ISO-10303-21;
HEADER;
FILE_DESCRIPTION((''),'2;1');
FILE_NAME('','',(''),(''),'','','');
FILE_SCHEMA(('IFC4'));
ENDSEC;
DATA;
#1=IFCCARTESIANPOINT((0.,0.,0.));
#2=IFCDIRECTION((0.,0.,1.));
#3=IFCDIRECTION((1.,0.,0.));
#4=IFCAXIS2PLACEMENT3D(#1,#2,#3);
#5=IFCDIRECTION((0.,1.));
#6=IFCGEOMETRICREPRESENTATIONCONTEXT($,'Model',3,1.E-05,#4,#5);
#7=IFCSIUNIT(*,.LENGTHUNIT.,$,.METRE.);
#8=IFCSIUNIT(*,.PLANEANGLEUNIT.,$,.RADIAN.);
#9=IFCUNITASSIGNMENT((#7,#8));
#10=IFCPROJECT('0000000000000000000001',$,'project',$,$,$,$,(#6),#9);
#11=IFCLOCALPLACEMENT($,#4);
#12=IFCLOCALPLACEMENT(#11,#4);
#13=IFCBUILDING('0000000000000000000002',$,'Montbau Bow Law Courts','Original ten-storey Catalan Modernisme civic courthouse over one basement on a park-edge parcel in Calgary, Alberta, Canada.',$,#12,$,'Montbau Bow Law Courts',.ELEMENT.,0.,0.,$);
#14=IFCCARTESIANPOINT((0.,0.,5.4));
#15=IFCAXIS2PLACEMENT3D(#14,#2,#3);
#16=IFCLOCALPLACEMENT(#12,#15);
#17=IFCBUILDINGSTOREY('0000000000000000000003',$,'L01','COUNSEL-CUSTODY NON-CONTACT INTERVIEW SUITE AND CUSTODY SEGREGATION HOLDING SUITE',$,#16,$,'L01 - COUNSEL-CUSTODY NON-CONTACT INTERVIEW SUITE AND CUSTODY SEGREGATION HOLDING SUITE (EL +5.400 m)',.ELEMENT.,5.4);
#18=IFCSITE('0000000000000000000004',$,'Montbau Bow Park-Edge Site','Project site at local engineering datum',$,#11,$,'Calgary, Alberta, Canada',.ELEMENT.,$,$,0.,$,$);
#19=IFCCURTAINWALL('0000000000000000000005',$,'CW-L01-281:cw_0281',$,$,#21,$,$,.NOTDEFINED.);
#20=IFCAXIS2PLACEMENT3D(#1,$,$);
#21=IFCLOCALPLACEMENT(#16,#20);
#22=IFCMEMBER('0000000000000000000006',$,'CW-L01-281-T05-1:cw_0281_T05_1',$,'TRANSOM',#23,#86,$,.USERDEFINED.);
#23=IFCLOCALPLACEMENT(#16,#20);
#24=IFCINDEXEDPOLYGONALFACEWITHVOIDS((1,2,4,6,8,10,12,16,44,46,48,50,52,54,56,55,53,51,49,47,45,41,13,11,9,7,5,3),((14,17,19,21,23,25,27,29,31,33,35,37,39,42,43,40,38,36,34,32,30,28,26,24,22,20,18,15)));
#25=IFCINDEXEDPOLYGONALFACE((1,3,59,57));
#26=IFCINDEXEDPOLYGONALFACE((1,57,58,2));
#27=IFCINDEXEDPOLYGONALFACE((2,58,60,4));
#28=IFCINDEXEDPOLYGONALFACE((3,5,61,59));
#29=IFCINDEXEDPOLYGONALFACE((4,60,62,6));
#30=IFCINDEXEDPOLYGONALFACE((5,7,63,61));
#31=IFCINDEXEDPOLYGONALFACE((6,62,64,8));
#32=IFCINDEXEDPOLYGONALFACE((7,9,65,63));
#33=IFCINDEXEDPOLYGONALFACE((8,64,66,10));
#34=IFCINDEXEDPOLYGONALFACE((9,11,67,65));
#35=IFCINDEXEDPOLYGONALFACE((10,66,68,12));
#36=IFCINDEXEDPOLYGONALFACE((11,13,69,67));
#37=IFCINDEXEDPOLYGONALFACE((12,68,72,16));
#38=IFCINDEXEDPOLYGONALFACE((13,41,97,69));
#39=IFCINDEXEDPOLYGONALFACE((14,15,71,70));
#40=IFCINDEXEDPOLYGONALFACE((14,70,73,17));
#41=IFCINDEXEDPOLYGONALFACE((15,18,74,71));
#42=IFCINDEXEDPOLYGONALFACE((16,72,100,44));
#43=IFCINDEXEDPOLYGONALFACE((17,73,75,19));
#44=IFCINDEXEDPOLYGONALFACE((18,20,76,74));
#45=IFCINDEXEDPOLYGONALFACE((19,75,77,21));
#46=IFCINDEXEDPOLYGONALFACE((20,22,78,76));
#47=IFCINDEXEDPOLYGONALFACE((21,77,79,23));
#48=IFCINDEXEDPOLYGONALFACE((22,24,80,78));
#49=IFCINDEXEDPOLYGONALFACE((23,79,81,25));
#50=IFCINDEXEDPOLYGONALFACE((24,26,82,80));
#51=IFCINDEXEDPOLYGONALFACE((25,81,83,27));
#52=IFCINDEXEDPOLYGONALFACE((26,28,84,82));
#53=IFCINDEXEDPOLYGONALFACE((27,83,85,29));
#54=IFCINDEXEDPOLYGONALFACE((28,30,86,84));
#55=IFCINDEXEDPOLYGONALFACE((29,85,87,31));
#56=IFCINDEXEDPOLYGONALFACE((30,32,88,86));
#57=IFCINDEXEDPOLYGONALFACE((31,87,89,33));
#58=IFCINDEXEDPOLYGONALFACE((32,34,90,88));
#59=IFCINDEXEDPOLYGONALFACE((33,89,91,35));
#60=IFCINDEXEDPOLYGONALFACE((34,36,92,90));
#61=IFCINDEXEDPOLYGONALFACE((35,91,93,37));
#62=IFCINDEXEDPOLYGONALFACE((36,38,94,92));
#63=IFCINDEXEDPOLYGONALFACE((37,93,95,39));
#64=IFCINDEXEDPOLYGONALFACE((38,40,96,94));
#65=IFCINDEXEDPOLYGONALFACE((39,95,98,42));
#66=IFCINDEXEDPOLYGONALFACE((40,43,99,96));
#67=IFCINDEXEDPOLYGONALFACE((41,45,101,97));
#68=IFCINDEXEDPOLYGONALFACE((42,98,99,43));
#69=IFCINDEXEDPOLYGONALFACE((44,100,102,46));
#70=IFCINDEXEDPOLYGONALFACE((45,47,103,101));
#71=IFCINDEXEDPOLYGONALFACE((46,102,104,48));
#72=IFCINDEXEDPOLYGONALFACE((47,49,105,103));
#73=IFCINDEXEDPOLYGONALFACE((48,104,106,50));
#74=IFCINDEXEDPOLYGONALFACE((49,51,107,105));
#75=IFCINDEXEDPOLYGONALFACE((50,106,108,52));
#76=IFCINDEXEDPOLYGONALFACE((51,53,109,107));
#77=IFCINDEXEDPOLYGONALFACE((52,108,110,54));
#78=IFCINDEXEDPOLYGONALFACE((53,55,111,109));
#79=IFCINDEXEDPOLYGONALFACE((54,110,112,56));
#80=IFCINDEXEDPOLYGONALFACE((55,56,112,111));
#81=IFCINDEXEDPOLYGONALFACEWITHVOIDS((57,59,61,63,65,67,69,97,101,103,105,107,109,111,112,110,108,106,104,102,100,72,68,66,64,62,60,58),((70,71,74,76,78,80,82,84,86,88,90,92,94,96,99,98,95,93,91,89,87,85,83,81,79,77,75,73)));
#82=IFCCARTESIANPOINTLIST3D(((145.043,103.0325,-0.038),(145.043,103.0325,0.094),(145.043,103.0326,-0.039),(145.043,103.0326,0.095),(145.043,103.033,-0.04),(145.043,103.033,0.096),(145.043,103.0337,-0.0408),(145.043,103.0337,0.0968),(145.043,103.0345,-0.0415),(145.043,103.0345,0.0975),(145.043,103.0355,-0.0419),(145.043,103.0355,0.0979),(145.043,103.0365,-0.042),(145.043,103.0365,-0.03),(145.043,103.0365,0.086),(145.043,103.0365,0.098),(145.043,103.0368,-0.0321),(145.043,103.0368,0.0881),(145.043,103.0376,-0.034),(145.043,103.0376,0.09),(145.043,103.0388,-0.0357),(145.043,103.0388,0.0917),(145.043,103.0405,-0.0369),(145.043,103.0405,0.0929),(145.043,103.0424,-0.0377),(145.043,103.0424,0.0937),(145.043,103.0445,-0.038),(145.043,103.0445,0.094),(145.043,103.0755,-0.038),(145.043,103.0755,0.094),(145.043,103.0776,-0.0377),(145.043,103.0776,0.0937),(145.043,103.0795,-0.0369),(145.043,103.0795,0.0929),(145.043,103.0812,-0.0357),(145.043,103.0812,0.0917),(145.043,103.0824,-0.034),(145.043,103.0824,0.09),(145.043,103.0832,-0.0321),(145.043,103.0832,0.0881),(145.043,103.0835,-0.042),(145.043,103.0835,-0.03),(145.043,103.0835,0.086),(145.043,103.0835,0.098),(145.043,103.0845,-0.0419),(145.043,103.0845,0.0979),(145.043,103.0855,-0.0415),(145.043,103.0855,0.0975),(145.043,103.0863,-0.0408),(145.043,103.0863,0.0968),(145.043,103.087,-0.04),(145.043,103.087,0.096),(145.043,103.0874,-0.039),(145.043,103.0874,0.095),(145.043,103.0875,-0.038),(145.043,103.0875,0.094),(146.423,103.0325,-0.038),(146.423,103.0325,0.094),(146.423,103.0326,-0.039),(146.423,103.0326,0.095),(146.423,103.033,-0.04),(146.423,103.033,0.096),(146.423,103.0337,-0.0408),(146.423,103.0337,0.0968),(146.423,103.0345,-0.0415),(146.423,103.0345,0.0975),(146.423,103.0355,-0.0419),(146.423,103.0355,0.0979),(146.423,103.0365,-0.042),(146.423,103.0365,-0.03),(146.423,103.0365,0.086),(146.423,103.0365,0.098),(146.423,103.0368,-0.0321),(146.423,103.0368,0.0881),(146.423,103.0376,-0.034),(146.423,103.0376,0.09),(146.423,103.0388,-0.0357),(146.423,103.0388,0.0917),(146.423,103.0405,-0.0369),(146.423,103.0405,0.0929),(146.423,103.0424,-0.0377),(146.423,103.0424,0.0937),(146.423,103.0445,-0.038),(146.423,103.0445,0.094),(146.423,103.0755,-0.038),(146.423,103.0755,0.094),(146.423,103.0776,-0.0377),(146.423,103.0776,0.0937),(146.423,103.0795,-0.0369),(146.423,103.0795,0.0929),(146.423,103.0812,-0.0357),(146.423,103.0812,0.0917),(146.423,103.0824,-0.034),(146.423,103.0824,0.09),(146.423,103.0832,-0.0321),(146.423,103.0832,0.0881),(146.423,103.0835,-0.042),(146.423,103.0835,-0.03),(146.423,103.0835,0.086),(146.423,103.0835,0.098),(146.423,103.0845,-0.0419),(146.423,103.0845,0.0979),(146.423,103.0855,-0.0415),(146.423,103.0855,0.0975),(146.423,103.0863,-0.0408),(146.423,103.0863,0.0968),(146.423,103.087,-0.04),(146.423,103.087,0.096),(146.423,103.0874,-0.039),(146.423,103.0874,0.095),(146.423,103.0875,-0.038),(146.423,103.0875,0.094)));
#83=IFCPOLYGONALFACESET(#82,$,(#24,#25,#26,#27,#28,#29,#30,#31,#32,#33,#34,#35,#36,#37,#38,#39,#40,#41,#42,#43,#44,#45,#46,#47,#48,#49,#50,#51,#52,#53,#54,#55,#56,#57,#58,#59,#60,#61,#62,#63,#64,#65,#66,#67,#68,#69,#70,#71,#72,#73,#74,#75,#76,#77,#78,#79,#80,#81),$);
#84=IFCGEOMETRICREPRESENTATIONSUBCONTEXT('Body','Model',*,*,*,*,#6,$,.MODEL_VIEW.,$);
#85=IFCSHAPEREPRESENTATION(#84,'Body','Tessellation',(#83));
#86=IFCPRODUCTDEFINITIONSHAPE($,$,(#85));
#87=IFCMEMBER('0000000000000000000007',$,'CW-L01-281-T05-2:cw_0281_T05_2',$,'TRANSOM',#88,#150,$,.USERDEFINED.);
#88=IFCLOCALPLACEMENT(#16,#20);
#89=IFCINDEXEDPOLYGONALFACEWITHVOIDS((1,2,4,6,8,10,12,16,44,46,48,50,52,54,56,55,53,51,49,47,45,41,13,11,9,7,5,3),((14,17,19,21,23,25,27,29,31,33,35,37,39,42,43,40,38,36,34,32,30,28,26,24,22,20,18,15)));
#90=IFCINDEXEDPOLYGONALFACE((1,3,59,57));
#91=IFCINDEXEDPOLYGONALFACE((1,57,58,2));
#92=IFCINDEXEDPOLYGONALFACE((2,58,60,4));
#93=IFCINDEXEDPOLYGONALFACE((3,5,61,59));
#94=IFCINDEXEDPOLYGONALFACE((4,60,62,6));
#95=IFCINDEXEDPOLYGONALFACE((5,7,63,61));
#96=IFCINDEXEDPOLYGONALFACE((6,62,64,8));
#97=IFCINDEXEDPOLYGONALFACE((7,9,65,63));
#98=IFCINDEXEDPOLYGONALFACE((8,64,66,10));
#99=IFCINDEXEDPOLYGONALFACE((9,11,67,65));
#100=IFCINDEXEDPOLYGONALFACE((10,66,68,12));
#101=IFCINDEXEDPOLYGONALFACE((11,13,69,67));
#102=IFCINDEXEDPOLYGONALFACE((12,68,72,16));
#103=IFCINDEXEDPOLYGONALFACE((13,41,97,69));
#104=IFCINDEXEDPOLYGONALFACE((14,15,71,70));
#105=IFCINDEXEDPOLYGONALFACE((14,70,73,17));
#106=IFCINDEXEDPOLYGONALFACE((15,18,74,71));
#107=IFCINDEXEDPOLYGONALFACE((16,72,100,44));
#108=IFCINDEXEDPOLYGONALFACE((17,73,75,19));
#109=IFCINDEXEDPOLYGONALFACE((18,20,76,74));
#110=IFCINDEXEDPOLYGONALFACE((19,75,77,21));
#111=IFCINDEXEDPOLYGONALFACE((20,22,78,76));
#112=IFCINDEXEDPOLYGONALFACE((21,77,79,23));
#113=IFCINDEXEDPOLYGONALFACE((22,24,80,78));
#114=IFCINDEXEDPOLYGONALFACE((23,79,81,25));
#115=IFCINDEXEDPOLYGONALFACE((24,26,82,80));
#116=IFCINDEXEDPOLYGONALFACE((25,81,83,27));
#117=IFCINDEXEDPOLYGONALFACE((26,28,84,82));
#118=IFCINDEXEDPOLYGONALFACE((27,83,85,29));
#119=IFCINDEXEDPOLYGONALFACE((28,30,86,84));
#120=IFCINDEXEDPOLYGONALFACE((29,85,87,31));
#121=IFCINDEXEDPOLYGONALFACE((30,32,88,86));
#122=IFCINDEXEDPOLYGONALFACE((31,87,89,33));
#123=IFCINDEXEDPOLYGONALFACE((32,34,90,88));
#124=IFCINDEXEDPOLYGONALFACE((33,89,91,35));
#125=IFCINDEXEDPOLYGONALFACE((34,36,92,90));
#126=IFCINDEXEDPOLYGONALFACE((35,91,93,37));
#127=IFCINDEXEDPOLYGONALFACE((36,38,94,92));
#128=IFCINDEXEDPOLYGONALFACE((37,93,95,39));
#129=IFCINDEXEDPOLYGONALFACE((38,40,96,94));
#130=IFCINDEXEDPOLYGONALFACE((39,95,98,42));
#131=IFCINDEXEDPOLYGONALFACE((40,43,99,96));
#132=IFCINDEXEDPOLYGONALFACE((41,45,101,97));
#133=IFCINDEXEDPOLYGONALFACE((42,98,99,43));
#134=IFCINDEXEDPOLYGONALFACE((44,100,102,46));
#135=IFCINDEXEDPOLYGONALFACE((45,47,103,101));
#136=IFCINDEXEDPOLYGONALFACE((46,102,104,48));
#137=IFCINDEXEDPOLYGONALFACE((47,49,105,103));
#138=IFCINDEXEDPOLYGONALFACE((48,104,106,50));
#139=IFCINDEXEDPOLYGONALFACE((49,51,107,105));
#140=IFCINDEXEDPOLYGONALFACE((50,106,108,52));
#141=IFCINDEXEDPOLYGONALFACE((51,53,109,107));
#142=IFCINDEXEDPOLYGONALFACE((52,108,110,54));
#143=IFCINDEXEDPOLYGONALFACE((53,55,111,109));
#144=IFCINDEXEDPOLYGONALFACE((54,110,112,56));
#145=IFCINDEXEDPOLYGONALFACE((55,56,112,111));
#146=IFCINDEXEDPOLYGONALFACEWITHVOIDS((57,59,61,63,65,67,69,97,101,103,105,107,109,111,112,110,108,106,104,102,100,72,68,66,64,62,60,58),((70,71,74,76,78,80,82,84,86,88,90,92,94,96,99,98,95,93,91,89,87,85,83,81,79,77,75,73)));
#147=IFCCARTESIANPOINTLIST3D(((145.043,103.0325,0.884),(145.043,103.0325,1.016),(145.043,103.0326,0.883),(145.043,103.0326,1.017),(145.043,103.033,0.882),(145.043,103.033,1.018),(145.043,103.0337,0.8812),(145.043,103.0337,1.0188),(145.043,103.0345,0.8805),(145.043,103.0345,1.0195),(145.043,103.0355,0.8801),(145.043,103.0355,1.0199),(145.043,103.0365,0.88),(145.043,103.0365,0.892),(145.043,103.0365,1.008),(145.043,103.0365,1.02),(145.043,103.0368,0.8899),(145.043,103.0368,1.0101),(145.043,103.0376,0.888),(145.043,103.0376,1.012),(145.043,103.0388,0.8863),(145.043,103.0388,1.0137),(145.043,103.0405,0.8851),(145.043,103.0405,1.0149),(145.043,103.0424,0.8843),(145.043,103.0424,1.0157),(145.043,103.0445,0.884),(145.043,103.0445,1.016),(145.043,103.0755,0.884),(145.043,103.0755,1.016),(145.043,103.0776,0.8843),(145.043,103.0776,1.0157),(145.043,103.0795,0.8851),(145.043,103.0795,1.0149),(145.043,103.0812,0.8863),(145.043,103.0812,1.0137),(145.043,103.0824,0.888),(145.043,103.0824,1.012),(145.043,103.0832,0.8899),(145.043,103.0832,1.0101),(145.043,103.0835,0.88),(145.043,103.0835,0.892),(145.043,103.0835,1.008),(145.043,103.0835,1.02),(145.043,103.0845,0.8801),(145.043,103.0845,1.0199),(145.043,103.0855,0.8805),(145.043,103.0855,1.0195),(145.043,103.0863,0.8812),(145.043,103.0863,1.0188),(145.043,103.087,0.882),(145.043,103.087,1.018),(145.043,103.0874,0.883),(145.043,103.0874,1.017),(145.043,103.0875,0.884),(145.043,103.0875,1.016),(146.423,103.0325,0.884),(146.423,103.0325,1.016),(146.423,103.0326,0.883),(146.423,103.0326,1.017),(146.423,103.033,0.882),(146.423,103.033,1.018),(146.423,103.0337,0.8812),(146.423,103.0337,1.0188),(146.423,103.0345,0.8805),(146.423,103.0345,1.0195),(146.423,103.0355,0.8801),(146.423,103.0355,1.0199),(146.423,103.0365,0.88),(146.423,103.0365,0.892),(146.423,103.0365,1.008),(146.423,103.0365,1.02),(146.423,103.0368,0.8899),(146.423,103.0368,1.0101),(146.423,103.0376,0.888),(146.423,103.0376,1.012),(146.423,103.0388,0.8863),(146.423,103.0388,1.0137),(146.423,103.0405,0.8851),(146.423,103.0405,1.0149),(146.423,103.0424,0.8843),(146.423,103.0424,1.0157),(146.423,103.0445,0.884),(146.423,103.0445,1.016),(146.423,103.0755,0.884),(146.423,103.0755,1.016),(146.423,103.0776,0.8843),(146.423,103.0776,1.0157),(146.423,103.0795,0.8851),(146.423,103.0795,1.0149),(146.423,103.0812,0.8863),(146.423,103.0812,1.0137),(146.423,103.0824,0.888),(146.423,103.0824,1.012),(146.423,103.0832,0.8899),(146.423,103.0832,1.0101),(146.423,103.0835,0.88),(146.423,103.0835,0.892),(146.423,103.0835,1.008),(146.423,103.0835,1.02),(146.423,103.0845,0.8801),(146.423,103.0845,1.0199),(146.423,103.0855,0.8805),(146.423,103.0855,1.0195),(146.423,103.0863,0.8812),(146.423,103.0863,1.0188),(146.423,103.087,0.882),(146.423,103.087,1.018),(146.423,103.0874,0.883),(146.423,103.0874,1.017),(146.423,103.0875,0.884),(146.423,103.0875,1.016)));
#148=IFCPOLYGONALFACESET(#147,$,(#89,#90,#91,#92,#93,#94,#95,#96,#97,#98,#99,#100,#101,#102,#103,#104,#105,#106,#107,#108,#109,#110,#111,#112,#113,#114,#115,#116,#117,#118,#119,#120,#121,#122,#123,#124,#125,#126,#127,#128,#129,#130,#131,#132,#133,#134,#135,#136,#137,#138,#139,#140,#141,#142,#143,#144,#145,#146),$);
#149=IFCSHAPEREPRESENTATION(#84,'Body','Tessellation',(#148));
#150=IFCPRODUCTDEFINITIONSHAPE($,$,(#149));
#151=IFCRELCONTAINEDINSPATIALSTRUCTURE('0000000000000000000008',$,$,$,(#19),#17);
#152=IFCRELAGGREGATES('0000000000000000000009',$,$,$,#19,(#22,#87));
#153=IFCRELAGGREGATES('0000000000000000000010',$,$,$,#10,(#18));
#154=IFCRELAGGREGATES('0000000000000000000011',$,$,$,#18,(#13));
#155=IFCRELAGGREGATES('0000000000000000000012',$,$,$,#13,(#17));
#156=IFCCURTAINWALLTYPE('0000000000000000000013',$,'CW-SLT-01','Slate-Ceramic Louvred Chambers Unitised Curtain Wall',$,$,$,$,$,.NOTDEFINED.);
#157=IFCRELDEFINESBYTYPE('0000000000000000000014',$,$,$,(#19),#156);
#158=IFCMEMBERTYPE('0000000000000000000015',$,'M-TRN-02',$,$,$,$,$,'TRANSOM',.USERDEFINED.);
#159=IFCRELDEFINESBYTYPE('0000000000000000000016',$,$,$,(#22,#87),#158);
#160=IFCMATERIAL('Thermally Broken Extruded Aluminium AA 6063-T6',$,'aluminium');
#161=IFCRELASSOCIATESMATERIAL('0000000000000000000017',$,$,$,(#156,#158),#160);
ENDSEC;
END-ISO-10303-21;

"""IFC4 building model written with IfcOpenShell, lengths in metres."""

from ifc_helpers import new_model, si_unit, direction, frame, origin_with_axes, origin_2d_with_axis, place, context, subcontext, project, spatial, hollow_rectangle, extrude, material, material_profile, profile_set, type_object, element, aggregate, save


model = new_model("IFC4")

# Units and contexts
model_context = context("Model", 3, precision=1e-05, world=origin_with_axes(), true_north=direction((0.0, 1.0)))
body_context = subcontext(model_context, "Body", "Model", "MODEL_VIEW")
ifc_project = project(units=[si_unit("LENGTHUNIT", "METRE"), si_unit("PLANEANGLEUNIT", "RADIAN")], contexts=[model_context])

# Site, building, storey
site_placement = place(None, origin_with_axes())
site = spatial("IfcSite", under=ifc_project, at=site_placement, Name="Montbau Bow Park-Edge Site", Description="Project site at local engineering datum", LongName="Calgary, Alberta, Canada", CompositionType="ELEMENT", RefElevation=0.0)
building_placement = place(site_placement, origin_with_axes())
building = spatial("IfcBuilding", under=site, at=building_placement, Name="Montbau Bow Law Courts", Description="Original ten-storey Catalan Modernisme civic courthouse over one basement on a park-edge parcel in Calgary, Alberta, Canada.", LongName="Montbau Bow Law Courts", CompositionType="ELEMENT", ElevationOfRefHeight=0.0, ElevationOfTerrain=0.0)
storey_placement = place(building_placement, frame((0.0, 0.0, 5.4), z_axis=(0.0, 0.0, 1.0), x_axis=(1.0, 0.0, 0.0)))
storey = spatial("IfcBuildingStorey", under=building, at=storey_placement, Name="L01", Description="COUNSEL-CUSTODY NON-CONTACT INTERVIEW SUITE AND CUSTODY SEGREGATION HOLDING SUITE", LongName="L01 - COUNSEL-CUSTODY NON-CONTACT INTERVIEW SUITE AND CUSTODY SEGREGATION HOLDING SUITE (EL +5.400 m)", CompositionType="ELEMENT", Elevation=5.4)

# Curtain wall, members
ifc_material_1 = material(Name="Thermally Broken Extruded Aluminium AA 6063-T6", Category="aluminium")
curtain_wall_type = type_object("IfcCurtainWallType", Name="CW-SLT-01", Description="Slate-Ceramic Louvred Chambers Unitised Curtain Wall", PredefinedType="NOTDEFINED", material=ifc_material_1)
curtain_wall_placement = place(None, frame((139.115, 103.06, 5.4), z_axis=(0.0, 0.0, 1.0), x_axis=(1.0, 0.0, 0.0)))
curtain_wall = element("IfcCurtainWall", 1, at=curtain_wall_placement, inside=storey, type_object=curtain_wall_type, Name="CW-L01-281:cw_0281", PredefinedType="NOTDEFINED")
ifc_material_profile_1 = material_profile(ifc_material_1, hollow_rectangle(XDim=0.055, YDim=0.14, WallThickness=0.004, InnerFilletRadius=0.008, OuterFilletRadius=0.004, at=origin_2d_with_axis()), Name="CWT-140X55", Category="Main", Priority=0)
ifc_profile_set_1 = profile_set([ifc_material_profile_1], Name="Thermally Broken Extruded Aluminium AA 6063-T6")
member_type_1 = type_object("IfcMemberType", Name="M-TRN-02", ElementType="TRANSOM", PredefinedType="USERDEFINED", material=ifc_profile_set_1)
member_1_placement = place(None, frame((145.043, 103.06, 5.428), z_axis=(1.0, 0.0, 0.0), x_axis=(0.0, 1.0, 0.0)))
member_1 = element("IfcMember", 2, at=member_1_placement, type_object=member_type_1, Name="CW-L01-281-T05-1:cw_0281_T05_1", ObjectType="TRANSOM", PredefinedType="USERDEFINED", context=body_context, shape_type="SweptSolid", body=[
    extrude(hollow_rectangle(XDim=0.055, YDim=0.14, WallThickness=0.004, InnerFilletRadius=0.008, OuterFilletRadius=0.004, at=origin_2d_with_axis()), origin_with_axes(), (0.0, 0.0, 1.0), 1.38),
])
member_2_placement = place(None, frame((145.043, 103.06, 6.35), z_axis=(1.0, 0.0, 0.0), x_axis=(0.0, 1.0, 0.0)))
member_2 = element("IfcMember", 3, at=member_2_placement, type_object=member_type_1, Name="CW-L01-281-T05-2:cw_0281_T05_2", ObjectType="TRANSOM", PredefinedType="USERDEFINED", context=body_context, shape_type="SweptSolid", body=[
    extrude(hollow_rectangle(XDim=0.055, YDim=0.14, WallThickness=0.004, InnerFilletRadius=0.008, OuterFilletRadius=0.004, at=origin_2d_with_axis()), origin_with_axes(), (0.0, 0.0, 1.0), 1.38),
])
aggregate(curtain_wall, [member_1, member_2])

save(model, "model.ifc")
